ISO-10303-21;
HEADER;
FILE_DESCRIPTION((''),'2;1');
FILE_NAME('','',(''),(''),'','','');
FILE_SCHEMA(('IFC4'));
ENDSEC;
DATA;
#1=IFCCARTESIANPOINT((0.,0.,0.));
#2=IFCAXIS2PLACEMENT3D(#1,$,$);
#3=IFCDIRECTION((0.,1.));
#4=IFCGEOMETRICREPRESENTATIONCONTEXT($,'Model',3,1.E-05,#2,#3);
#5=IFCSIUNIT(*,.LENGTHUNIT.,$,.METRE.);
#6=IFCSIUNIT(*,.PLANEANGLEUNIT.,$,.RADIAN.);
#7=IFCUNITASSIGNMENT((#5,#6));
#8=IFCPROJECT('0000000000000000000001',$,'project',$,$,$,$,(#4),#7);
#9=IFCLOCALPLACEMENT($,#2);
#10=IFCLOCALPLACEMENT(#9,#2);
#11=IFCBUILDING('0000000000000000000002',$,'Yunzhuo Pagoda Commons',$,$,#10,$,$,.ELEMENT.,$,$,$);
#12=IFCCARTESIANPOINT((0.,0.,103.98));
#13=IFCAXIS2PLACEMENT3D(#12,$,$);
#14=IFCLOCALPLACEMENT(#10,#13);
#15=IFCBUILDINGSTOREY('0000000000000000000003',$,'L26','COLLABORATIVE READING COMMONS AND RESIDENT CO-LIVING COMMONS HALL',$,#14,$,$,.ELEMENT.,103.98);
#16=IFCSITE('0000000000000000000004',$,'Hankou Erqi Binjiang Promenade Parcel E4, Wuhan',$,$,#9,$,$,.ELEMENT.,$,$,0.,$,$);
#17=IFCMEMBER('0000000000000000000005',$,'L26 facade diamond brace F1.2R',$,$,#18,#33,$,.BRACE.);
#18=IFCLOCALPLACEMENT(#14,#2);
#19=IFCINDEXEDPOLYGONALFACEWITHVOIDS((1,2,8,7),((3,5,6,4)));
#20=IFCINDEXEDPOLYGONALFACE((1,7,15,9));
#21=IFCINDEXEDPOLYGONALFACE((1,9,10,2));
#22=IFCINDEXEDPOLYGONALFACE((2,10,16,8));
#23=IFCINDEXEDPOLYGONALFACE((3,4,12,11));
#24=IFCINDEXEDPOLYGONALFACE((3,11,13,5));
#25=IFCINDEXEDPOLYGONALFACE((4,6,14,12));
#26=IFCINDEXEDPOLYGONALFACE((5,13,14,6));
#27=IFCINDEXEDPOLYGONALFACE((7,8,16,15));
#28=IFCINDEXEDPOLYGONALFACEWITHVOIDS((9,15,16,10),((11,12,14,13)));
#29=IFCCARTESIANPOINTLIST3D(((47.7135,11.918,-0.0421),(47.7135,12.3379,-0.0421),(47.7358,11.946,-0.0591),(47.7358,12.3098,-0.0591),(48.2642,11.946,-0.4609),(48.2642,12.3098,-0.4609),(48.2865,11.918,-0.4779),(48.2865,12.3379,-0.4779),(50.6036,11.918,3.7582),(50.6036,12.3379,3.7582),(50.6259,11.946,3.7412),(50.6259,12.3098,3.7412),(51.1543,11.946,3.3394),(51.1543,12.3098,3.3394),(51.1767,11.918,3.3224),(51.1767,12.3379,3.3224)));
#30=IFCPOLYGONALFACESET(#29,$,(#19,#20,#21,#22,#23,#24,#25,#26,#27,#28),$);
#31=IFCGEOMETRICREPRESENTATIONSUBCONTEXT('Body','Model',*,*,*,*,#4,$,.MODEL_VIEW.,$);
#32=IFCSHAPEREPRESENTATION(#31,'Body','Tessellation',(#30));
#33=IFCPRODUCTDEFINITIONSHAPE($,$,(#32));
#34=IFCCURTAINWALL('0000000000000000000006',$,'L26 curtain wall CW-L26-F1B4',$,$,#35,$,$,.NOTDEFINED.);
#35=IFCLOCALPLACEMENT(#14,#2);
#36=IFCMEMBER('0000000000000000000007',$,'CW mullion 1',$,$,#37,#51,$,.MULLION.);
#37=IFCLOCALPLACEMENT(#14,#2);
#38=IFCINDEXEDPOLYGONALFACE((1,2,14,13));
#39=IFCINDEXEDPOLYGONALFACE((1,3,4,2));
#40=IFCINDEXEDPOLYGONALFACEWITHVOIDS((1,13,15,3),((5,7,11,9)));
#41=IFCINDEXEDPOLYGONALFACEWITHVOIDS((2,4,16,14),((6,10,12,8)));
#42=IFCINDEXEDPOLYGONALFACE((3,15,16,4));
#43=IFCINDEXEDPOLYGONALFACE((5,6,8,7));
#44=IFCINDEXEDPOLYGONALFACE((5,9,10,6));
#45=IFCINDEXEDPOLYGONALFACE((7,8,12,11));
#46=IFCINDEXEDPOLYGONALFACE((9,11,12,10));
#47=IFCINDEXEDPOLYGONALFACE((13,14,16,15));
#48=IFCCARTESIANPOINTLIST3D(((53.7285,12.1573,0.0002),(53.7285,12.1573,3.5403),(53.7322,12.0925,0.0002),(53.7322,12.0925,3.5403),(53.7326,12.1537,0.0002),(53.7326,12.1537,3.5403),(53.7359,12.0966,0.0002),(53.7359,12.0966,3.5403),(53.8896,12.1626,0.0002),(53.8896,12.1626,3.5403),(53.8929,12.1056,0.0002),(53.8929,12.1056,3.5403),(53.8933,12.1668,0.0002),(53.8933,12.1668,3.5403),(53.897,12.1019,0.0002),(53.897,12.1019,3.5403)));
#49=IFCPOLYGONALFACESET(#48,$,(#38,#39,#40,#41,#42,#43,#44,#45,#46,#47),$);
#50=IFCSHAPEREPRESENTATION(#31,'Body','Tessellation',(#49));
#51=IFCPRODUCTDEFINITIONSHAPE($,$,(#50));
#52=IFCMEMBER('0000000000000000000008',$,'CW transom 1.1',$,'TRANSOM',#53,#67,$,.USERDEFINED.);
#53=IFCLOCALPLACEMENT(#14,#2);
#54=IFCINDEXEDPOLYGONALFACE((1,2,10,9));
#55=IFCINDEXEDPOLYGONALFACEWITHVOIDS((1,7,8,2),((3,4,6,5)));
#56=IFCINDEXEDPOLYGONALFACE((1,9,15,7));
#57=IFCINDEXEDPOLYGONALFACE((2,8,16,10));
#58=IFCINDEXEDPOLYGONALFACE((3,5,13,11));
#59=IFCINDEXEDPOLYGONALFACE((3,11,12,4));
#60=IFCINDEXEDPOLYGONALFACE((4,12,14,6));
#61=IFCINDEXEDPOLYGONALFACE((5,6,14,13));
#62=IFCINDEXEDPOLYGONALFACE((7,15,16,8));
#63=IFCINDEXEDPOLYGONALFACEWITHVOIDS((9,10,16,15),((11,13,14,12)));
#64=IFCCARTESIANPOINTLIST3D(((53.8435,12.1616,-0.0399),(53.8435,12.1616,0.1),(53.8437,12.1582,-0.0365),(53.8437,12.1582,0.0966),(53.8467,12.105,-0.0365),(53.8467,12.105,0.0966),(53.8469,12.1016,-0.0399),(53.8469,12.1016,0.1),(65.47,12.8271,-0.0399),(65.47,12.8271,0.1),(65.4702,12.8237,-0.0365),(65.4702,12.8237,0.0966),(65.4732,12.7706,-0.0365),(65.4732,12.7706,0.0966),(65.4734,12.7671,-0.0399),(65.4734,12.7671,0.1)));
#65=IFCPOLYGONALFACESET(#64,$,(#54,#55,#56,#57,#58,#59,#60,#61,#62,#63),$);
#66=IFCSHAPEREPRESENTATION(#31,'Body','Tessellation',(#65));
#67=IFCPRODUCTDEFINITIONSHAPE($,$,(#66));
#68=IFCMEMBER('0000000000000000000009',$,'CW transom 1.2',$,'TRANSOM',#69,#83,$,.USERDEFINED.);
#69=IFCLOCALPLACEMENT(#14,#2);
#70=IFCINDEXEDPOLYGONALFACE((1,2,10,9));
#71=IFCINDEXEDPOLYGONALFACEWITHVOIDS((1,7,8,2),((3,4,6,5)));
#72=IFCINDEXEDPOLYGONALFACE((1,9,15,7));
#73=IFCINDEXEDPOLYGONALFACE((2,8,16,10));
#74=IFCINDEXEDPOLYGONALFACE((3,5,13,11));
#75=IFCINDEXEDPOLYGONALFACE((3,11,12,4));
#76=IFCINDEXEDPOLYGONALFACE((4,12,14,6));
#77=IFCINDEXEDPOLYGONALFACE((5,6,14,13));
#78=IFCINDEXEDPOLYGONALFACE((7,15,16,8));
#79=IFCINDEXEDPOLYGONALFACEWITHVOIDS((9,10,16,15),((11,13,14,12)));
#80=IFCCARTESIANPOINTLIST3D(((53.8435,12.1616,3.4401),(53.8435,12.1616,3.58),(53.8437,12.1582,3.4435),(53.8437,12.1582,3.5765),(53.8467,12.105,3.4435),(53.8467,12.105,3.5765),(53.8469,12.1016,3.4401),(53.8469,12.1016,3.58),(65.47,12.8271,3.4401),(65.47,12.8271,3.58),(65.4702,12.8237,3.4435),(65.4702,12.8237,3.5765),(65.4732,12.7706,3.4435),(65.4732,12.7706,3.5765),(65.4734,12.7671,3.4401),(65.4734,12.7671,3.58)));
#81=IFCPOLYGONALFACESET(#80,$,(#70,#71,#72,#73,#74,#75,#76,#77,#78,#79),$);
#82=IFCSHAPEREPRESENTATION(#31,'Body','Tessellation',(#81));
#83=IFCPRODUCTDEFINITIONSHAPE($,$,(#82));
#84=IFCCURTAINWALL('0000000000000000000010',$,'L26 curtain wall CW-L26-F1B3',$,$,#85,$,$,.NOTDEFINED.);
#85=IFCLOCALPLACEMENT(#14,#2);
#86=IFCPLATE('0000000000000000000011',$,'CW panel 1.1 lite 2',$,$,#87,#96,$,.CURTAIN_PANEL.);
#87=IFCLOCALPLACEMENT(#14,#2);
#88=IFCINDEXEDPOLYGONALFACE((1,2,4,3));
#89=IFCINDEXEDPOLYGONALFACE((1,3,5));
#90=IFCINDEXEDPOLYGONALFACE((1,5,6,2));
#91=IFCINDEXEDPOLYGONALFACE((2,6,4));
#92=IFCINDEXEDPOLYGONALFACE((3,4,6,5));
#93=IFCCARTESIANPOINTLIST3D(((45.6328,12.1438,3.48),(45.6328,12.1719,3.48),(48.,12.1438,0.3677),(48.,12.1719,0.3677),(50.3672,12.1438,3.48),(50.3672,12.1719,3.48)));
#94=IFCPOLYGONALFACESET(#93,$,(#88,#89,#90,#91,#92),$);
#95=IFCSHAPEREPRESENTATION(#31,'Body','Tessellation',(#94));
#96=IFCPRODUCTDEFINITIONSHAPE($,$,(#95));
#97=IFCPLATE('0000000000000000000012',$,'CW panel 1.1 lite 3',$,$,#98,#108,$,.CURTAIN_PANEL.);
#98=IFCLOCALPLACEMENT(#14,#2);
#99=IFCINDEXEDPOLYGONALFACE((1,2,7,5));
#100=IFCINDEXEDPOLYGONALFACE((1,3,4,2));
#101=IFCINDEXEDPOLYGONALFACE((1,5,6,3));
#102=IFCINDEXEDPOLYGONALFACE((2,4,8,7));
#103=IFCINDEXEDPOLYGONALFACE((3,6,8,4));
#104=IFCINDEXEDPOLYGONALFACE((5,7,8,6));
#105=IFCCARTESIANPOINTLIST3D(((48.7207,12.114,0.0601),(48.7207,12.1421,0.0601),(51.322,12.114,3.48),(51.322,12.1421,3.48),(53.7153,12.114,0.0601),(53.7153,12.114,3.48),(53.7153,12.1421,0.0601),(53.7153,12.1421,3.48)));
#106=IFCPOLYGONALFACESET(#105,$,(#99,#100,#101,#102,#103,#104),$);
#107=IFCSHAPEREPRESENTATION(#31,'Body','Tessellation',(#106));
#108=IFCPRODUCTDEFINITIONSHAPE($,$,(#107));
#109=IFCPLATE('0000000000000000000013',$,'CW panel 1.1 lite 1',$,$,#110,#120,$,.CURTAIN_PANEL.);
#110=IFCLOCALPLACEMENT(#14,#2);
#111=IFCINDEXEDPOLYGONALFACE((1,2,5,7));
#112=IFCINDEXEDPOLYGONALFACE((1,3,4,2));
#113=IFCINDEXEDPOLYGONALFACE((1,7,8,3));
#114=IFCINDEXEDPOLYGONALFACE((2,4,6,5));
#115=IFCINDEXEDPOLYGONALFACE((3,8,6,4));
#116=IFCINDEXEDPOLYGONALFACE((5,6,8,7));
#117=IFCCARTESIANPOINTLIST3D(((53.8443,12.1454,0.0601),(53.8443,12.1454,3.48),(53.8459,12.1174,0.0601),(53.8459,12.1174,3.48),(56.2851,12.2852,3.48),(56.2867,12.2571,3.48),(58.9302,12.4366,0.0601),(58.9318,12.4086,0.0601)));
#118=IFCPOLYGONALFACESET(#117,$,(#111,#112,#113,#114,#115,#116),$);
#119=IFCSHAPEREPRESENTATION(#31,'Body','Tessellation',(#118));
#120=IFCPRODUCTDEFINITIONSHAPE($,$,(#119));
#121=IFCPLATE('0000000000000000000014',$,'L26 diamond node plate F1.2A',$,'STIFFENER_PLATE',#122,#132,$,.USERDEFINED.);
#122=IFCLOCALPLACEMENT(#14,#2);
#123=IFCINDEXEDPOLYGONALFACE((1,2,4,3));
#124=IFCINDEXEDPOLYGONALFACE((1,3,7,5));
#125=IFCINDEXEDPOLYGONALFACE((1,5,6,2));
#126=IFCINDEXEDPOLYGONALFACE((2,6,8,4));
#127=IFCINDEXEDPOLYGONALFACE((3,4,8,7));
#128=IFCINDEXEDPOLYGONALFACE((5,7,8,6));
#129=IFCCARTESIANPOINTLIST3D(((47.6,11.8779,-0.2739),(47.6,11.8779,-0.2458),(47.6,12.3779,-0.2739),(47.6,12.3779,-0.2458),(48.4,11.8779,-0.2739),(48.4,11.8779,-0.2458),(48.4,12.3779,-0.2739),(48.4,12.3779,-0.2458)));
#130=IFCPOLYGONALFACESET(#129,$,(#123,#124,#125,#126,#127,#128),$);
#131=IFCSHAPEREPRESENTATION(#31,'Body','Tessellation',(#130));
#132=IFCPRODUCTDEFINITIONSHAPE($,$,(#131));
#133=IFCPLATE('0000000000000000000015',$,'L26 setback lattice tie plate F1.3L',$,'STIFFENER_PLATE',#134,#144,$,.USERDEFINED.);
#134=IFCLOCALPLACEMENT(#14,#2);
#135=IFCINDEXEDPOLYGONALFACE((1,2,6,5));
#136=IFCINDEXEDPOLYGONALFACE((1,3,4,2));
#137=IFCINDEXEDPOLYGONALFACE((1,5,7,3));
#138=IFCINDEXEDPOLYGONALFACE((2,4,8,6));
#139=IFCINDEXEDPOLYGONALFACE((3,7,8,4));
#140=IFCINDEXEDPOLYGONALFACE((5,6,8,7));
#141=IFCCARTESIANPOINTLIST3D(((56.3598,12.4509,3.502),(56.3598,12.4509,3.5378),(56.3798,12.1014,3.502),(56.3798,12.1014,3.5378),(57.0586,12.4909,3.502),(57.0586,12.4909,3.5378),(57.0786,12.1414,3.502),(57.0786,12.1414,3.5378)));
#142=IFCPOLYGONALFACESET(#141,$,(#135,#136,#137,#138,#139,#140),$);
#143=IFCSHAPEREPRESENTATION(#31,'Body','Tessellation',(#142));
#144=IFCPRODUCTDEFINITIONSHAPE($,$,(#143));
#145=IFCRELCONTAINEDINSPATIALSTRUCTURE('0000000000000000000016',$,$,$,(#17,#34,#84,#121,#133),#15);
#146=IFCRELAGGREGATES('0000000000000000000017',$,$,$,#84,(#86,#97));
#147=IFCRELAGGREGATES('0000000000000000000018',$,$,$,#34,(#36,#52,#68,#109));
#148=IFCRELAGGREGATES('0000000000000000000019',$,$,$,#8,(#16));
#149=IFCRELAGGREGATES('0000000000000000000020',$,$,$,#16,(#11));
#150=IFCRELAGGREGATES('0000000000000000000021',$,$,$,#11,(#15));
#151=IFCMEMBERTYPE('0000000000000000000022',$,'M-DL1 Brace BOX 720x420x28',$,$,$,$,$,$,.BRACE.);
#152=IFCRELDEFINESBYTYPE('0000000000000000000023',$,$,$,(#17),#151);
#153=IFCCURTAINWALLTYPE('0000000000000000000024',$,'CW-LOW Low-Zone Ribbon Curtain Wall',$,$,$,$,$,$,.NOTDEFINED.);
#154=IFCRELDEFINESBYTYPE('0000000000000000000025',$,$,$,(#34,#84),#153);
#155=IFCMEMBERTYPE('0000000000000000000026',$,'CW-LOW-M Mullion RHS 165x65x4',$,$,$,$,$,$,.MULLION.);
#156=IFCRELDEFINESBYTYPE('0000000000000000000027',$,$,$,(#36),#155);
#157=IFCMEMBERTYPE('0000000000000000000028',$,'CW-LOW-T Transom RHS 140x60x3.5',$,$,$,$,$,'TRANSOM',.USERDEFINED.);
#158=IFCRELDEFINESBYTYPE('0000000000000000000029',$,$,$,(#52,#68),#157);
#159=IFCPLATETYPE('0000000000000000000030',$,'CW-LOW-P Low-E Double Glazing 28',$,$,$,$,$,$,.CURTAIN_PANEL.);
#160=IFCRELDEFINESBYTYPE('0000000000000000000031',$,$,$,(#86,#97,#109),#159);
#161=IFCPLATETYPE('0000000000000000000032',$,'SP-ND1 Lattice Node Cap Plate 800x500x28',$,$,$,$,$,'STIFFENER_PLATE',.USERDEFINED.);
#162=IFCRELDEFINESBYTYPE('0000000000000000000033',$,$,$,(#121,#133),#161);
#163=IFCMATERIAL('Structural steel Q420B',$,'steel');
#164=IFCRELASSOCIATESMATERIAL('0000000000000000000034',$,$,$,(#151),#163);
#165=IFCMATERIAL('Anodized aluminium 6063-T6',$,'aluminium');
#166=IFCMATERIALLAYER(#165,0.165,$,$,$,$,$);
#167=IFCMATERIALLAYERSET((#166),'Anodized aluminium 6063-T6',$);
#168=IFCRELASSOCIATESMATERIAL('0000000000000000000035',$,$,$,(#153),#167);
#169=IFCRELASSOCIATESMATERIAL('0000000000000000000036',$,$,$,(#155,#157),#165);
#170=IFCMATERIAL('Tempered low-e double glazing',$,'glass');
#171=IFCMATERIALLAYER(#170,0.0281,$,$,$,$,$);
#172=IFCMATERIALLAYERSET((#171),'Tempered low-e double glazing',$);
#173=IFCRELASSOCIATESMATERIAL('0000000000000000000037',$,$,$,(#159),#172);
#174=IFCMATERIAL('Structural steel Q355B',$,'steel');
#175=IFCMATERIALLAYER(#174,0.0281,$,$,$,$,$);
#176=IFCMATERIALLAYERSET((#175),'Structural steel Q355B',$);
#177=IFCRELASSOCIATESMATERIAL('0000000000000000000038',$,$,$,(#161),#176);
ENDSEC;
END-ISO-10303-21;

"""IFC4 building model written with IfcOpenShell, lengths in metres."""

from ifc_helpers import new_model, si_unit, direction, frame, origin, origin_2d, place, context, subcontext, project, spatial, polyline, rectangle, hollow_rectangle, outline, extrude, source, transform, mapped, material, layer, layer_set, material_profile, profile_set, type_object, element, aggregate, save


model = new_model("IFC4")

# Units and contexts
model_context = context("Model", 3, precision=1e-05, world=origin(), true_north=direction((0.0, 1.0)))
body_context = subcontext(model_context, "Body", "Model", "MODEL_VIEW")
ifc_project = project(units=[si_unit("LENGTHUNIT", "METRE"), si_unit("PLANEANGLEUNIT", "RADIAN")], contexts=[model_context])

# Site, building, storey
site_placement = place(None, origin())
site = spatial("IfcSite", under=ifc_project, at=site_placement, Name="Hankou Erqi Binjiang Promenade Parcel E4, Wuhan", CompositionType="ELEMENT", RefElevation=0.0)
building_placement = place(site_placement, origin())
building = spatial("IfcBuilding", under=site, at=building_placement, Name="Yunzhuo Pagoda Commons", CompositionType="ELEMENT")
storey_placement = place(building_placement, frame((0.0, 0.0, 103.98)))
storey = spatial("IfcBuildingStorey", under=building, at=storey_placement, Name="L26", Description="COLLABORATIVE READING COMMONS AND RESIDENT CO-LIVING COMMONS HALL", CompositionType="ELEMENT", Elevation=103.98)

# Shared definitions
ifc_material_1 = material(Name="Structural steel Q420B", Category="steel")

# Shared definitions
ifc_material_2 = material(Name="Structural steel Q355B", Category="steel")

# Member
ifc_material_profile_1 = material_profile(ifc_material_1, hollow_rectangle(XDim=0.4199, YDim=0.72, WallThickness=0.0281, at=origin_2d()), Name="Structural steel Q420B")
ifc_profile_set_1 = profile_set([ifc_material_profile_1], Name="Structural steel Q420B")
member_type_1 = type_object("IfcMemberType", Name="M-DL1 Brace BOX 720x420x28", PredefinedType="BRACE", material=ifc_profile_set_1)
shared_shape_1 = source(origin(), body_context, "Body", "SweptSolid", [
    extrude(hollow_rectangle(XDim=0.4199, YDim=0.72, WallThickness=0.0281, at=origin_2d()), origin(), (0.0, 0.0, 1.0), 4.7744),
])
for number, where, z_axis, x_axis, name in (
    (1, (48.0, 12.1279, -0.26), (0.605337, 0.0, 0.795969), (0.0, 1.0, 0.0), "L26 facade diamond brace F1.2R"),
):
    element("IfcMember", number, at=place(storey_placement, frame(where, z_axis=z_axis, x_axis=x_axis)), inside=storey, type_object=member_type_1, Name=name, PredefinedType="BRACE", context=body_context, shape_type="MappedRepresentation", body=[
        mapped(shared_shape_1, transform((0.0, 0.0, 0.0), scale=1.0)),
    ])

# Curtain wall, members
ifc_material_3 = material(Name="Anodized aluminium 6063-T6", Category="aluminium")
ifc_layer_1 = layer(ifc_material_3, 0.165)
ifc_layer_set_1 = layer_set([ifc_layer_1], Name="Anodized aluminium 6063-T6")
curtain_wall_type = type_object("IfcCurtainWallType", Name="CW-LOW Low-Zone Ribbon Curtain Wall", PredefinedType="NOTDEFINED", material=ifc_layer_set_1)
curtain_wall_1_placement = place(storey_placement, origin())
curtain_wall_1 = element("IfcCurtainWall", 2, at=curtain_wall_1_placement, inside=storey, type_object=curtain_wall_type, Name="L26 curtain wall CW-L26-F1B4", PredefinedType="NOTDEFINED")
ifc_material_profile_2 = material_profile(ifc_material_3, hollow_rectangle(XDim=0.0649, YDim=0.165, WallThickness=0.0039, at=origin_2d()), Name="Anodized aluminium 6063-T6")
ifc_profile_set_2 = profile_set([ifc_material_profile_2], Name="Anodized aluminium 6063-T6")
member_type_2 = type_object("IfcMemberType", Name="CW-LOW-M Mullion RHS 165x65x4", PredefinedType="MULLION", material=ifc_profile_set_2)
shared_shape_2 = source(origin(), body_context, "Body", "SweptSolid", [
    extrude(hollow_rectangle(XDim=0.0649, YDim=0.165, WallThickness=0.0039, at=origin_2d()), origin(), (0.0, 0.0, 1.0), 3.54),
])
member_1_placement = place(storey_placement, frame((53.8127, 12.1296, 0.0002), z_axis=(0.0, 0.0, 1.0), x_axis=(-0.057153, 0.998365, 0.0)))
member_1 = element("IfcMember", 3, at=member_1_placement, type_object=member_type_2, Name="CW mullion 1", PredefinedType="MULLION", context=body_context, shape_type="MappedRepresentation", body=[
    mapped(shared_shape_2, transform((0.0, 0.0, 0.0), scale=1.0)),
])
ifc_material_profile_3 = material_profile(ifc_material_3, hollow_rectangle(XDim=0.0601, YDim=0.1399, WallThickness=0.0034, at=origin_2d()), Name="Anodized aluminium 6063-T6")
ifc_profile_set_3 = profile_set([ifc_material_profile_3], Name="Anodized aluminium 6063-T6")
member_type_3 = type_object("IfcMemberType", Name="CW-LOW-T Transom RHS 140x60x3.5", ElementType="TRANSOM", PredefinedType="USERDEFINED", material=ifc_profile_set_3)
shared_shape_3 = source(origin(), body_context, "Body", "SweptSolid", [
    extrude(hollow_rectangle(XDim=0.0601, YDim=0.1399, WallThickness=0.0034, at=origin_2d()), origin(), (0.0, 0.0, 1.0), 11.6455),
])
member_2_placement = place(storey_placement, frame((53.8452, 12.1316, 0.03), z_axis=(0.998366, 0.057149, 0.0), x_axis=(-0.057149, 0.998366, 0.0)))
member_2 = element("IfcMember", 4, at=member_2_placement, type_object=member_type_3, Name="CW transom 1.1", ObjectType="TRANSOM", PredefinedType="USERDEFINED", context=body_context, shape_type="MappedRepresentation", body=[
    mapped(shared_shape_3, transform((0.0, 0.0, 0.0), scale=1.0)),
])
member_3_placement = place(storey_placement, frame((53.8452, 12.1316, 3.51), z_axis=(0.998366, 0.057149, 0.0), x_axis=(-0.057149, 0.998366, 0.0)))
member_3 = element("IfcMember", 5, at=member_3_placement, type_object=member_type_3, Name="CW transom 1.2", ObjectType="TRANSOM", PredefinedType="USERDEFINED", context=body_context, shape_type="MappedRepresentation", body=[
    mapped(shared_shape_3, transform((0.0, 0.0, 0.0), scale=1.0)),
])

# Curtain wall, plates
curtain_wall_2_placement = place(storey_placement, origin())
curtain_wall_2 = element("IfcCurtainWall", 6, at=curtain_wall_2_placement, inside=storey, type_object=curtain_wall_type, Name="L26 curtain wall CW-L26-F1B3", PredefinedType="NOTDEFINED")
ifc_material_4 = material(Name="Tempered low-e double glazing", Category="glass")
ifc_layer_2 = layer(ifc_material_4, 0.0281)
ifc_layer_set_2 = layer_set([ifc_layer_2], Name="Tempered low-e double glazing")
plate_type_1 = type_object("IfcPlateType", Name="CW-LOW-P Low-E Double Glazing 28", PredefinedType="CURTAIN_PANEL", material=ifc_layer_set_2)
plate_1_placement = place(storey_placement, frame((48.0, 12.1719, 1.9238), z_axis=(0.0, -1.0, 0.0), x_axis=(1.0, 0.0, 0.0)))
plate_1 = element("IfcPlate", 7, at=plate_1_placement, type_object=plate_type_1, Name="CW panel 1.1 lite 2", PredefinedType="CURTAIN_PANEL", context=body_context, shape_type="SweptSolid", body=[
    extrude(outline(polyline([(-2.3672, 1.5562), (0.0, -1.5562), (2.3672, 1.5562), (-2.3672, 1.5562)])), origin(), (0.0, 0.0, 1.0), 0.0281),
])
plate_2_placement = place(storey_placement, frame((51.218, 12.1421, 1.77), z_axis=(0.0, -1.0, 0.0), x_axis=(1.0, 0.0, 0.0)))
plate_2 = element("IfcPlate", 8, at=plate_2_placement, type_object=plate_type_1, Name="CW panel 1.1 lite 3", PredefinedType="CURTAIN_PANEL", context=body_context, shape_type="SweptSolid", body=[
    extrude(outline(polyline([(-2.4973, -1.71), (2.4973, -1.71), (2.4973, 1.71), (0.104, 1.71), (-2.4973, -1.71)])), origin(), (0.0, 0.0, 1.0), 0.0281),
])
aggregate(curtain_wall_2, [plate_1, plate_2])

# Plate
plate_3_placement = place(storey_placement, frame((56.3872, 12.291, 1.77), z_axis=(0.057153, -0.998365, 0.0), x_axis=(0.998365, 0.057153, 0.0)))
plate_3 = element("IfcPlate", 9, at=plate_3_placement, type_object=plate_type_1, Name="CW panel 1.1 lite 1", PredefinedType="CURTAIN_PANEL", context=body_context, shape_type="SweptSolid", body=[
    extrude(outline(polyline([(-2.5471, -1.71), (2.5471, -1.71), (-0.1023, 1.71), (-2.5471, 1.71), (-2.5471, -1.71)])), origin(), (0.0, 0.0, 1.0), 0.0281),
])
aggregate(curtain_wall_1, [member_1, member_2, member_3, plate_3])

# Plates
ifc_layer_3 = layer(ifc_material_2, 0.0281)
ifc_layer_set_3 = layer_set([ifc_layer_3], Name="Structural steel Q355B")
plate_type_2 = type_object("IfcPlateType", Name="SP-ND1 Lattice Node Cap Plate 800x500x28", ElementType="STIFFENER_PLATE", PredefinedType="USERDEFINED", material=ifc_layer_set_3)
shared_shape_4 = source(origin(), body_context, "Body", "SweptSolid", [
    extrude(rectangle(XDim=0.8, YDim=0.5, at=origin_2d()), origin(), (0.0, 0.0, 1.0), 0.0281),
])
plate_4_placement = place(storey_placement, frame((48.0, 12.1279, -0.2739), z_axis=(0.0, 0.0, 1.0), x_axis=(1.0, 0.0, 0.0)))
element("IfcPlate", 10, at=plate_4_placement, inside=storey, type_object=plate_type_2, Name="L26 diamond node plate F1.2A", ObjectType="STIFFENER_PLATE", PredefinedType="USERDEFINED", context=body_context, shape_type="MappedRepresentation", body=[
    mapped(shared_shape_4, transform((0.0, 0.0, 0.0), scale=1.0)),
])
shared_shape_5 = source(origin(), body_context, "Body", "SweptSolid", [
    extrude(rectangle(XDim=0.7, YDim=0.3501, at=origin_2d()), origin(), (0.0, 0.0, 1.0), 0.0359),
])
plate_5_placement = place(storey_placement, frame((56.7192, 12.2961, 3.502), z_axis=(0.0, 0.0, 1.0), x_axis=(0.998366, 0.057146, 0.0)))
element("IfcPlate", 11, at=plate_5_placement, inside=storey, type_object=plate_type_2, Name="L26 setback lattice tie plate F1.3L", ObjectType="STIFFENER_PLATE", PredefinedType="USERDEFINED", context=body_context, shape_type="MappedRepresentation", body=[
    mapped(shared_shape_5, transform((0.0, 0.0, 0.0), scale=1.0)),
])

save(model, "model.ifc")
